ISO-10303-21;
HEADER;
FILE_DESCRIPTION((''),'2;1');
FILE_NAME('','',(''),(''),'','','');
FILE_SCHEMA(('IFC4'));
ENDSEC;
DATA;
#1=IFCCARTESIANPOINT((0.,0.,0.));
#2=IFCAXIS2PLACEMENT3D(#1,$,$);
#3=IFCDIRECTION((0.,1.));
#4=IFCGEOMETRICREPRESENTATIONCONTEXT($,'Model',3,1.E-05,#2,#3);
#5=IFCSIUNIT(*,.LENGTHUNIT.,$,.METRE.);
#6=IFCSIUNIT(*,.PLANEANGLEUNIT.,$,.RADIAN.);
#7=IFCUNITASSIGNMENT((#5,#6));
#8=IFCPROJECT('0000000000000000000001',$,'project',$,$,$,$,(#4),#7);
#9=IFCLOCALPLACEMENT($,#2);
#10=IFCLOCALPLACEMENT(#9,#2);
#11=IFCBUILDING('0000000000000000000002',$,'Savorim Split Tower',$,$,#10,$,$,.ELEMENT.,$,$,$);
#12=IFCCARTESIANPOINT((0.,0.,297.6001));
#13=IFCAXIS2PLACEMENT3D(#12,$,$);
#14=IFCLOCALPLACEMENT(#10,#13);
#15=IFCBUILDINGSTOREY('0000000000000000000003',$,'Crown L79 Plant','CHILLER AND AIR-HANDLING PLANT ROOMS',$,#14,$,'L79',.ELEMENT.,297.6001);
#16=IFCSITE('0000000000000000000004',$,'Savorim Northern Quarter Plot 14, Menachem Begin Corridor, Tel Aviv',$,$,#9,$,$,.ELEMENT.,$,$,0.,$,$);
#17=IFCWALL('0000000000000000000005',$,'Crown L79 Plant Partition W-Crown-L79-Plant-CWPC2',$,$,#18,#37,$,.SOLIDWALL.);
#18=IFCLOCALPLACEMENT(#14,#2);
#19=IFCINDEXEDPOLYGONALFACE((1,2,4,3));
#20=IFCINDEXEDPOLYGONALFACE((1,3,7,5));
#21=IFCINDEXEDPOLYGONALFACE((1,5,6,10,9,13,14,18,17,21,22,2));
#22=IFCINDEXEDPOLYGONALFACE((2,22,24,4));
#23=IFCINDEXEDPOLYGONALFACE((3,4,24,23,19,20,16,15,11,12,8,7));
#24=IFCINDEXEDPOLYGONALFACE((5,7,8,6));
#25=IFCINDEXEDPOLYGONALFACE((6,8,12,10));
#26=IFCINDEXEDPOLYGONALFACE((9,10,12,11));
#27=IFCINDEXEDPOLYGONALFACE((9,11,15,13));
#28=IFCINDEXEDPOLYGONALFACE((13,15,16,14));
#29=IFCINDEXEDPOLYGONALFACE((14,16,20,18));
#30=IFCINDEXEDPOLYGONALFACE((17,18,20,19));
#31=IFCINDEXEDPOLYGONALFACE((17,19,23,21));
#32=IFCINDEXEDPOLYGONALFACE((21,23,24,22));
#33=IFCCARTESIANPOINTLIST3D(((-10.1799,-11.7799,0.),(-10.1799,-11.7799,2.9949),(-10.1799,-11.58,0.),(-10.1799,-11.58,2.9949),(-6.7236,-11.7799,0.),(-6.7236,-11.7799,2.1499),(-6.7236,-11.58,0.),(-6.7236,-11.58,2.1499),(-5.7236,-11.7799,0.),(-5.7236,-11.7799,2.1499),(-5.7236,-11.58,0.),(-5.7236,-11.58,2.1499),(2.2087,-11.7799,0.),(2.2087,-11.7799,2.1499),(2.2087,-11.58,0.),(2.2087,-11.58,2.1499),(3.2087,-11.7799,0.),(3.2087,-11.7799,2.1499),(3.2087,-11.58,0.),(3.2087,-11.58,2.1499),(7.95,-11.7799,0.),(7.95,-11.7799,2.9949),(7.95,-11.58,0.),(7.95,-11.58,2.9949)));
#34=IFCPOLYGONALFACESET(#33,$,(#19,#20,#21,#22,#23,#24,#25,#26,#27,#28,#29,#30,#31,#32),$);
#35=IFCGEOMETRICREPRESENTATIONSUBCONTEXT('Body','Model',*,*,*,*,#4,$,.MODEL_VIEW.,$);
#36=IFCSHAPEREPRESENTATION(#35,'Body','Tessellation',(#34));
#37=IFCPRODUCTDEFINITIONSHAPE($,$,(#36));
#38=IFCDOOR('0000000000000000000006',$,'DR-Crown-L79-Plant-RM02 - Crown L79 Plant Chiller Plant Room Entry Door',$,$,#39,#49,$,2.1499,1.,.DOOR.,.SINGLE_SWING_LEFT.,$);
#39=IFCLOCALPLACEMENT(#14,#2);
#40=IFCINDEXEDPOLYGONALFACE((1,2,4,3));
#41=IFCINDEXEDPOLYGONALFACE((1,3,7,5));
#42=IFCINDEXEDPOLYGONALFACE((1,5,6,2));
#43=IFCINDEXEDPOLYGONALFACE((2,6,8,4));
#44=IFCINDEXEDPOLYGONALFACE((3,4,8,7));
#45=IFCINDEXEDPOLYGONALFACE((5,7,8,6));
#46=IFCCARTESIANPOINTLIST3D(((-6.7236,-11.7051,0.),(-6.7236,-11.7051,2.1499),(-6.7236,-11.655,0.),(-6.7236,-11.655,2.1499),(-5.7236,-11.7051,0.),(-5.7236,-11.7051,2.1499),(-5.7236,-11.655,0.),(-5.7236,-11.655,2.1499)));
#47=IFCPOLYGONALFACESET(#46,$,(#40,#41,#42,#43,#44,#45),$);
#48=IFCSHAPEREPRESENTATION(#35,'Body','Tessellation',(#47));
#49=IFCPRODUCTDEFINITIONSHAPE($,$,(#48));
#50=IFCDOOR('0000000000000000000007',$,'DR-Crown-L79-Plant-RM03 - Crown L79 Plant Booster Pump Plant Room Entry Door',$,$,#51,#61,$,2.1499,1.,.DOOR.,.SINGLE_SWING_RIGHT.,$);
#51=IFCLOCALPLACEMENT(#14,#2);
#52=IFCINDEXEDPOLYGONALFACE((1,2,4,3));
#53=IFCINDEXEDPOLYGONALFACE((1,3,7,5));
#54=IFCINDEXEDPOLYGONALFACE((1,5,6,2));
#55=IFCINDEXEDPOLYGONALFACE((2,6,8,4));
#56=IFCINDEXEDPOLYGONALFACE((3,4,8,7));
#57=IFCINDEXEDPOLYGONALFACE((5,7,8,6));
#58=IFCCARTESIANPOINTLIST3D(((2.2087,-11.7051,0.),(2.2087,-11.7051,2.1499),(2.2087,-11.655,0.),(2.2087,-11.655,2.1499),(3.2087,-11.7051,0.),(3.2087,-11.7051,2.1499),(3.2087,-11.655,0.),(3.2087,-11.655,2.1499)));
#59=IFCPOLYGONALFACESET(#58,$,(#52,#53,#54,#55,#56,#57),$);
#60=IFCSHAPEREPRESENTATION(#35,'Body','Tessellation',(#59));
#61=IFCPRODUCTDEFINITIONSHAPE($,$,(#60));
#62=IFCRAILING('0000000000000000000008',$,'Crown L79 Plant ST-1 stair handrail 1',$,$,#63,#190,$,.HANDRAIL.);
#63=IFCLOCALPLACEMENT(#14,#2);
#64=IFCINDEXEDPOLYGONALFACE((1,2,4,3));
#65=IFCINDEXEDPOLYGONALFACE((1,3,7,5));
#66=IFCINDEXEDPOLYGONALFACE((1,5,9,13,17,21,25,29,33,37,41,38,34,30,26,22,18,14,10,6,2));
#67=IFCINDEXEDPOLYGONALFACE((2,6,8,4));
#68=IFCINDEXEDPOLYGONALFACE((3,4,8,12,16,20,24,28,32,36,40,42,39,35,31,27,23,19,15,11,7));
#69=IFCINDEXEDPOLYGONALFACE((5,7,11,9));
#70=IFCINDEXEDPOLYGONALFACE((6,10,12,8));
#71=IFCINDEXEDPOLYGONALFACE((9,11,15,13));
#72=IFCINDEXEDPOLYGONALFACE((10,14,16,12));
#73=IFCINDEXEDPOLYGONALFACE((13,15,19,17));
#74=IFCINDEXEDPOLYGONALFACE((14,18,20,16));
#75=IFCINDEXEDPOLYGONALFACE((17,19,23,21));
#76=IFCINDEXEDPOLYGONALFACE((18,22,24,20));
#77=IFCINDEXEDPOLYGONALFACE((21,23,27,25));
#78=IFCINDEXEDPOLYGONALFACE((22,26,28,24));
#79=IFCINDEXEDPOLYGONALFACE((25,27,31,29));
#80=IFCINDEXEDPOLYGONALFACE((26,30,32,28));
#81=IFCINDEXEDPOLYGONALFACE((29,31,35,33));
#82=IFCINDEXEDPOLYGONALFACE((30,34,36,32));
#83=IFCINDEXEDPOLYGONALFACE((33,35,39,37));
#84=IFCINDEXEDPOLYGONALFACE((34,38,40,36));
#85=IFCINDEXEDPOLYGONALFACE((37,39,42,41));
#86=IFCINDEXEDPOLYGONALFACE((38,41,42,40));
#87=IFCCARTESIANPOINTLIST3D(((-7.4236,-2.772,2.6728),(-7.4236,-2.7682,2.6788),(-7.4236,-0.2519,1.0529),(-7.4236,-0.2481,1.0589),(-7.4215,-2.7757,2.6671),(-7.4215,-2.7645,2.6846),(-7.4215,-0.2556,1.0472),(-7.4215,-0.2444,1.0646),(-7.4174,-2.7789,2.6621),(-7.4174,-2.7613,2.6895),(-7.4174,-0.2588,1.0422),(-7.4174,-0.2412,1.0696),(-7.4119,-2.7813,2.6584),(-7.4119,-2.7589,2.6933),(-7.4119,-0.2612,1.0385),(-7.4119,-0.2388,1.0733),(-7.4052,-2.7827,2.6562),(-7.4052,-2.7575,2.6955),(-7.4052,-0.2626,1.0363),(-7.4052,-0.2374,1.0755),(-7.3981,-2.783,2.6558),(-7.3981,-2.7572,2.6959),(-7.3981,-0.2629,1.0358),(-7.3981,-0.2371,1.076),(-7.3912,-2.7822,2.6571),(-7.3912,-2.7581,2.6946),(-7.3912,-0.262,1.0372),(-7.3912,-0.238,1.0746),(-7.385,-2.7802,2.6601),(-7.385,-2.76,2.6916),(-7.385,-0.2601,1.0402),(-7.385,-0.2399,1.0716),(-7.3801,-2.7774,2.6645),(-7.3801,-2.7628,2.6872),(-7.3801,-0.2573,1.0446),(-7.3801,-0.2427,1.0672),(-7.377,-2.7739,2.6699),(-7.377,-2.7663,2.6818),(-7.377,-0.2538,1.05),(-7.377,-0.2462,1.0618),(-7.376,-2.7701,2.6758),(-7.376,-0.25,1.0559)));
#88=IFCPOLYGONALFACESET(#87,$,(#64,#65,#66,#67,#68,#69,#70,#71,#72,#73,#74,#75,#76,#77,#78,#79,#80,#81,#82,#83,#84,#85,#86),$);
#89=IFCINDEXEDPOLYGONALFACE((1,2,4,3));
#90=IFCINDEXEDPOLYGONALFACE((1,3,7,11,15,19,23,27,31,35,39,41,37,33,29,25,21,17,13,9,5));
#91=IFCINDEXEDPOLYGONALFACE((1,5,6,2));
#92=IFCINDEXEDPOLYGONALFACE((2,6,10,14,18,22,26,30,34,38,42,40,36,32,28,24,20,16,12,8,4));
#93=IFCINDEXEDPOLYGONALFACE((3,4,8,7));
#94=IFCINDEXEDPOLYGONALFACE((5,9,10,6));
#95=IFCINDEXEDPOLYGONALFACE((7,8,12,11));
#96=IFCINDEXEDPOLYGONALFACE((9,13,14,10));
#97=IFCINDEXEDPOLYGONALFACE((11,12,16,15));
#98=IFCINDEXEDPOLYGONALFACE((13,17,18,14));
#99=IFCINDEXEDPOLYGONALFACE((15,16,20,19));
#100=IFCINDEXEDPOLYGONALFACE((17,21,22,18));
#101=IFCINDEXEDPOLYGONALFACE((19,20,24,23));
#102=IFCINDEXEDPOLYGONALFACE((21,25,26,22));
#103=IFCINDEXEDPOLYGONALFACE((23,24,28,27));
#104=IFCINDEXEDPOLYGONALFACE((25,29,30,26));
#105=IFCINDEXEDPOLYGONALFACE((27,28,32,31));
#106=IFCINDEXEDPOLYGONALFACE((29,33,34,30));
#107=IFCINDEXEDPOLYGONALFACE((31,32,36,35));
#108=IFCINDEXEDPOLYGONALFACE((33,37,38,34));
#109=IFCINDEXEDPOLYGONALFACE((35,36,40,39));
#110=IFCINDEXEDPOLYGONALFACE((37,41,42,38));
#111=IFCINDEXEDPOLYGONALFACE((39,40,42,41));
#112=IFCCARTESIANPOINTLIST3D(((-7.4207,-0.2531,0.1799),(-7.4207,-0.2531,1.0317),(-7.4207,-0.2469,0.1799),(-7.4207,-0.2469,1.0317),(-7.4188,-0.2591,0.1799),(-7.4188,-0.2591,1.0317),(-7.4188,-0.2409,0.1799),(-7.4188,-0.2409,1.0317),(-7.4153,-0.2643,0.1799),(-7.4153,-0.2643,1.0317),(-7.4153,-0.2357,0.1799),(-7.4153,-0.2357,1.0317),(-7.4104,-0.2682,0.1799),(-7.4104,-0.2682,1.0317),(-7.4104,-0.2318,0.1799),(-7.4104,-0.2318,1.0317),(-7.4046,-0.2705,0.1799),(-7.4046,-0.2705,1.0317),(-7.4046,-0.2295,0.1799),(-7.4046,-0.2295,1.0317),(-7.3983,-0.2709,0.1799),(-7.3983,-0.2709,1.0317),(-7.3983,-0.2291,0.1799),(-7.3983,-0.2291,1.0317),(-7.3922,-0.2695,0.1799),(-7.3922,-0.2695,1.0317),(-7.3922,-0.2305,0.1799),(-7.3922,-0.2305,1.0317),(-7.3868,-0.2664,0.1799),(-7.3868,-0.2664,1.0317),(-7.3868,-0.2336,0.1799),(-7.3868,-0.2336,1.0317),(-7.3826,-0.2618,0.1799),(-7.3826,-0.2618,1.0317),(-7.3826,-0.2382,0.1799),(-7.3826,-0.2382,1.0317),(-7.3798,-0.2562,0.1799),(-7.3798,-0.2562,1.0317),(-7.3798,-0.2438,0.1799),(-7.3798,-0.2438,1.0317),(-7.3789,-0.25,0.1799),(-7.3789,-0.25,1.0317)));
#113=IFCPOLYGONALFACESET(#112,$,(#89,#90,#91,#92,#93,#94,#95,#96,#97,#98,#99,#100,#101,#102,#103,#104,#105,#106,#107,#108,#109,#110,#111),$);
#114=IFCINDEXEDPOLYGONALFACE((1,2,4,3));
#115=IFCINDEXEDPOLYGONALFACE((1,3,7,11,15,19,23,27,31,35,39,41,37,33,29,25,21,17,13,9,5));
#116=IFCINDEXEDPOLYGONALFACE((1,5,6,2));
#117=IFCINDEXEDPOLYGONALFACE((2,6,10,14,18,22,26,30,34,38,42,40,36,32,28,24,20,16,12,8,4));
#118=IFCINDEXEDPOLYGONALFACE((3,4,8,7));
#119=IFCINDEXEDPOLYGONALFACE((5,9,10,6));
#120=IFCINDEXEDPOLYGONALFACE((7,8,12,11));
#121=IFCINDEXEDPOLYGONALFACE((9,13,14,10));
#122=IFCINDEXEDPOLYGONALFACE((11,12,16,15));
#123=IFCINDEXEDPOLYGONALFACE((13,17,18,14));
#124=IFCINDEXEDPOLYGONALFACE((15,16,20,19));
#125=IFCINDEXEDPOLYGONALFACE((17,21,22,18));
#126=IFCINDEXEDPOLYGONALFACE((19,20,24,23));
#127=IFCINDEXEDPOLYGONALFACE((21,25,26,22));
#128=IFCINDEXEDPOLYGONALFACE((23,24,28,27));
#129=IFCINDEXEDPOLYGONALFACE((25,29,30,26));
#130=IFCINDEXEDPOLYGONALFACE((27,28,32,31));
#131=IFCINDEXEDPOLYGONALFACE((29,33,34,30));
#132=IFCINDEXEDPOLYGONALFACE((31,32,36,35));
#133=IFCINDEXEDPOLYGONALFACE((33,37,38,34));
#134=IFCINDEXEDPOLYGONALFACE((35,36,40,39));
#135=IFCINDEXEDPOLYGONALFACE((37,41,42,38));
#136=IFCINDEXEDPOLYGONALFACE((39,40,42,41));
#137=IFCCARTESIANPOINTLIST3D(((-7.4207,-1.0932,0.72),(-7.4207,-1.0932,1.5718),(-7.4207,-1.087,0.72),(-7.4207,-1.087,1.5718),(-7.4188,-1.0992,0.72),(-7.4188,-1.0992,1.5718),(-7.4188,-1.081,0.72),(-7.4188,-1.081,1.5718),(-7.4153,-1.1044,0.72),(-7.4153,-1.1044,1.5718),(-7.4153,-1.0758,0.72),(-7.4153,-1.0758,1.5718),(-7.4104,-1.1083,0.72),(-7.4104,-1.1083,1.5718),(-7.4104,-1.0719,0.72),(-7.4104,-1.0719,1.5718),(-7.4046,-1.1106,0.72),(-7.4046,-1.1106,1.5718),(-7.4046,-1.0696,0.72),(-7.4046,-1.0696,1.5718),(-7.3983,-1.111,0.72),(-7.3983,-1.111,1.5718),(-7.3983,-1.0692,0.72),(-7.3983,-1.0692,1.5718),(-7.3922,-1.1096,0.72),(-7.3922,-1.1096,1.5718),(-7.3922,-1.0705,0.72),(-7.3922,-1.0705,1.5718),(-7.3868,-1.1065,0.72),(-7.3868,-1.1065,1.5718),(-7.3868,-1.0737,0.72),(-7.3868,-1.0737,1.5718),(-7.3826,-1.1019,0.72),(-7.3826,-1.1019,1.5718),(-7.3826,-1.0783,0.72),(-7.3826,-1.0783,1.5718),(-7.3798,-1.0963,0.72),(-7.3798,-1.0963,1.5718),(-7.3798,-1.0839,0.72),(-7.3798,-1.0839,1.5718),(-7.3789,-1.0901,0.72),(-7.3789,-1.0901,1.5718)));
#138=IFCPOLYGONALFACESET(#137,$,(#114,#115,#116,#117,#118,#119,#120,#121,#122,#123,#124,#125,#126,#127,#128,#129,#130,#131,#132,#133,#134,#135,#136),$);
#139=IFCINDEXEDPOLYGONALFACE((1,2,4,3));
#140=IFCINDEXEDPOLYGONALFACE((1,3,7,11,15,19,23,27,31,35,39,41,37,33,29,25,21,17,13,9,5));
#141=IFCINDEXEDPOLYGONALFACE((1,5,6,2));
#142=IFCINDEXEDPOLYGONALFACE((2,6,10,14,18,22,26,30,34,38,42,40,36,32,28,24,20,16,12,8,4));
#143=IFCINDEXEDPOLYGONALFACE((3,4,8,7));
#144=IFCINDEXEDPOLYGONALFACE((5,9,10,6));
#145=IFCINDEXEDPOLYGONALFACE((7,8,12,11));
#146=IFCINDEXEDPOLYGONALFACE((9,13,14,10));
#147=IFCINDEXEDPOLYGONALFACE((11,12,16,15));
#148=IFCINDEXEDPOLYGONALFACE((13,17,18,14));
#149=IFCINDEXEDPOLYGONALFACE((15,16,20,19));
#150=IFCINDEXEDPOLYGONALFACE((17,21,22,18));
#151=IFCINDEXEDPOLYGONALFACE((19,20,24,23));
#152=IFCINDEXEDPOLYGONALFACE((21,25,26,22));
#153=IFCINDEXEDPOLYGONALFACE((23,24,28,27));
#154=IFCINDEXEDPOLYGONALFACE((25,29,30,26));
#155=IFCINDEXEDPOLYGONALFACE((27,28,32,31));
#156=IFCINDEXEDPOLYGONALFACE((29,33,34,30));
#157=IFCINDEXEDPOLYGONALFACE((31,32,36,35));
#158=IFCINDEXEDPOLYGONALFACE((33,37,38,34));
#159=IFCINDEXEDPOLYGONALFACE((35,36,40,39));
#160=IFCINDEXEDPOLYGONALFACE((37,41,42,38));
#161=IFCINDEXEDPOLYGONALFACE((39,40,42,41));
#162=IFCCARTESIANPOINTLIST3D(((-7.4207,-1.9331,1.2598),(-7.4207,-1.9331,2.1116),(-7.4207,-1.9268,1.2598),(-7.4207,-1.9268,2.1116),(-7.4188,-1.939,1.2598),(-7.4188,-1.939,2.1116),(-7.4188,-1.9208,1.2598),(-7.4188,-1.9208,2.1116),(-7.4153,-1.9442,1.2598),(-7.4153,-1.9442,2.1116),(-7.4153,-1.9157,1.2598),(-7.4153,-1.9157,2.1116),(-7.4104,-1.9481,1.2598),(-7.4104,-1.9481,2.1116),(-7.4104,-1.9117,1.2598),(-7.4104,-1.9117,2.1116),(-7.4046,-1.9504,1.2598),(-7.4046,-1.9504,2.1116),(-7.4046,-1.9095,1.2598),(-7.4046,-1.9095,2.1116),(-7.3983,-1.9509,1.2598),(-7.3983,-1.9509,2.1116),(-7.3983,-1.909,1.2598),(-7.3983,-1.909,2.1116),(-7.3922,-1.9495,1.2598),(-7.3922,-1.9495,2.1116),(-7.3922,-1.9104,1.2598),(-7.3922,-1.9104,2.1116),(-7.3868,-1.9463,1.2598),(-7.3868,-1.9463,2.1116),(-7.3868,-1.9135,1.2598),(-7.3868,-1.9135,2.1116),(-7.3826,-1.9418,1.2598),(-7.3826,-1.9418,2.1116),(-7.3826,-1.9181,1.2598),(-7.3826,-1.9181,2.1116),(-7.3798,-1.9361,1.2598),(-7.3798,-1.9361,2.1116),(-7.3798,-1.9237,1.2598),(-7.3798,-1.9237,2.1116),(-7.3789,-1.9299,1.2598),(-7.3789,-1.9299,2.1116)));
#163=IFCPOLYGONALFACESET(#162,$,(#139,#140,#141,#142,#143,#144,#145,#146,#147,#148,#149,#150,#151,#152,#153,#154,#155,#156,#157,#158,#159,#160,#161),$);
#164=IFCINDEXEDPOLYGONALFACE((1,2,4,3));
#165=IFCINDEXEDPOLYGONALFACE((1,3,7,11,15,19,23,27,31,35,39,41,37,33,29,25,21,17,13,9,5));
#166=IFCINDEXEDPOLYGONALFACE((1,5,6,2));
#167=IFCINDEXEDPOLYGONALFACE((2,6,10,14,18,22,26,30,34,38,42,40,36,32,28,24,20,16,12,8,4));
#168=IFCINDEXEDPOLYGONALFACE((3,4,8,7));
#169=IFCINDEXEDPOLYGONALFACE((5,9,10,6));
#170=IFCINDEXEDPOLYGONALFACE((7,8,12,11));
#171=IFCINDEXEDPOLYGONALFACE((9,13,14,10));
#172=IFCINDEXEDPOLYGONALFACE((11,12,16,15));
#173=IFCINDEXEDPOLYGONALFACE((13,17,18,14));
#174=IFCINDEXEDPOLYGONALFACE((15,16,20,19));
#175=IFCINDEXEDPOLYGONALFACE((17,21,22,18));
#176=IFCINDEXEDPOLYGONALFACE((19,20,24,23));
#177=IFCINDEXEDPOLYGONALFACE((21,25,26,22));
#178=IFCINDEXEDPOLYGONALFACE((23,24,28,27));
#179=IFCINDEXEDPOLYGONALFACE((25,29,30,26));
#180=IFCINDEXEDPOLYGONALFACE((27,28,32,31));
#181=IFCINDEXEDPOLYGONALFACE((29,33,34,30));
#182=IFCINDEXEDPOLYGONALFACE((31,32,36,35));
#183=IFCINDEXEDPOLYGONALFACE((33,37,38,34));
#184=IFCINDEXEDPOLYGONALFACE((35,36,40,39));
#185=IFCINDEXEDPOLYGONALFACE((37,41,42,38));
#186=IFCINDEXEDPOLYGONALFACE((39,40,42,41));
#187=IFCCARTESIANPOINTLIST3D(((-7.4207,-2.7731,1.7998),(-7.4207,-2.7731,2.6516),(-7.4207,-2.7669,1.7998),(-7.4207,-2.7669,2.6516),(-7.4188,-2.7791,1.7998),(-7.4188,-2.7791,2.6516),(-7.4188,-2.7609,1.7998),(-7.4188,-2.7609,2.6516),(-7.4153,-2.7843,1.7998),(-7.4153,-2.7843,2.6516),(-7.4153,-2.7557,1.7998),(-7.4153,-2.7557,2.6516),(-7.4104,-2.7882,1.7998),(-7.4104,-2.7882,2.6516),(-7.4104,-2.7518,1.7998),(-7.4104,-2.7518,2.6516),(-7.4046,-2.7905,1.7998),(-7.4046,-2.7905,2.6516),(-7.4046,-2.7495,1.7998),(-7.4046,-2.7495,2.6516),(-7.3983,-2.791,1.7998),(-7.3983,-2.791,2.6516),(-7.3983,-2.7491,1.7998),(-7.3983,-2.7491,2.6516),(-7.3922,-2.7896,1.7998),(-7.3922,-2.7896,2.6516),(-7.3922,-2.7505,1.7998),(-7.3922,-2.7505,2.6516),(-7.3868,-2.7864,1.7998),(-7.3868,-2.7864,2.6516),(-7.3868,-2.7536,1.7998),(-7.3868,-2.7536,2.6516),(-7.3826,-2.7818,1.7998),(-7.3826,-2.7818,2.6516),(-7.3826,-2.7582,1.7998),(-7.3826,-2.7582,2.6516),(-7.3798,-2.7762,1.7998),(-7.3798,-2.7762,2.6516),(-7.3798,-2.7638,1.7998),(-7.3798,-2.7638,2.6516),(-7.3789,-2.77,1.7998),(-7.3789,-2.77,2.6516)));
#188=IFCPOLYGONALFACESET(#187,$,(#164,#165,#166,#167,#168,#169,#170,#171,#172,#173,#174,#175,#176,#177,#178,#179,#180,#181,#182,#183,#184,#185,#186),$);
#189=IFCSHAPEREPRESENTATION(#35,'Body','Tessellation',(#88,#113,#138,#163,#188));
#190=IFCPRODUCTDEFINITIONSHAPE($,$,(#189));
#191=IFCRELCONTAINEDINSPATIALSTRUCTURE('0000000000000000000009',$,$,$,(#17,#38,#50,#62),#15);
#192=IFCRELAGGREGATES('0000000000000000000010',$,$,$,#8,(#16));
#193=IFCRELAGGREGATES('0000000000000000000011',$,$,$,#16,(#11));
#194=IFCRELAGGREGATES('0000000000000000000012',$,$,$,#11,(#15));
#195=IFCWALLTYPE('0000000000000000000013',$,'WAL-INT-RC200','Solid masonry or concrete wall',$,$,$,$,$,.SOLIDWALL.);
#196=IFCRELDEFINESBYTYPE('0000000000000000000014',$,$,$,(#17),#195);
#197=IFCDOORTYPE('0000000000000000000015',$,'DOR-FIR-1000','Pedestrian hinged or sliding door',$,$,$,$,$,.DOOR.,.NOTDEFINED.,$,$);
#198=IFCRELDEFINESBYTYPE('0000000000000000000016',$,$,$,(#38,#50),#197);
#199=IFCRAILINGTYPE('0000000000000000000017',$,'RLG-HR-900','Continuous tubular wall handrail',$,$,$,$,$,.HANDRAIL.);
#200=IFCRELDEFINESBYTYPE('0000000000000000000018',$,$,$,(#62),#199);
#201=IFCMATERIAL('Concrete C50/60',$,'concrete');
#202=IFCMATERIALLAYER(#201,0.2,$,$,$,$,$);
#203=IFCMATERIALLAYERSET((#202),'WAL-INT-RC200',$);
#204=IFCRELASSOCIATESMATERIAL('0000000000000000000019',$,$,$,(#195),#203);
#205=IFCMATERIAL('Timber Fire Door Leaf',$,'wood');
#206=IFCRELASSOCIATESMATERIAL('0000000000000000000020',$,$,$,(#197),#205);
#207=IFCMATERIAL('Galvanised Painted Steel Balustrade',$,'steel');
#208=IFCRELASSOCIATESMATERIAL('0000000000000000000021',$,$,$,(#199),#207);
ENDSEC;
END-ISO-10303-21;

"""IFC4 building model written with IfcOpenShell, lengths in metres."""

from ifc_helpers import new_model, si_unit, direction, frame, frame_2d, origin, origin_2d, place, context, subcontext, project, spatial, rectangle, circle, extrude, material, layer, layer_set, type_object, element, fill, save


model = new_model("IFC4")

# Units and contexts
model_context = context("Model", 3, precision=1e-05, world=origin(), true_north=direction((0.0, 1.0)))
body_context = subcontext(model_context, "Body", "Model", "MODEL_VIEW")
ifc_project = project(units=[si_unit("LENGTHUNIT", "METRE"), si_unit("PLANEANGLEUNIT", "RADIAN")], contexts=[model_context])

# Site, building, storey
site_placement = place(None, origin())
site = spatial("IfcSite", under=ifc_project, at=site_placement, Name="Savorim Northern Quarter Plot 14, Menachem Begin Corridor, Tel Aviv", CompositionType="ELEMENT", RefElevation=0.0)
building_placement = place(site_placement, origin())
building = spatial("IfcBuilding", under=site, at=building_placement, Name="Savorim Split Tower", CompositionType="ELEMENT")
storey_placement = place(building_placement, frame((0.0, 0.0, 297.6001)))
storey = spatial("IfcBuildingStorey", under=building, at=storey_placement, Name="Crown L79 Plant", Description="CHILLER AND AIR-HANDLING PLANT ROOMS", LongName="L79", CompositionType="ELEMENT", Elevation=297.6001)

# Shared definitions
ifc_material_1 = material(Name="Timber Fire Door Leaf", Category="wood")

# Shared definitions
ifc_material_2 = material(Name="Concrete C50/60", Category="concrete")
ifc_layer_1 = layer(ifc_material_2, 0.2)
ifc_layer_set_1 = layer_set([ifc_layer_1], Name="WAL-INT-RC200")
wall_type_1 = type_object("IfcWallType", Name="WAL-INT-RC200", Description="Solid masonry or concrete wall", PredefinedType="SOLIDWALL", material=ifc_layer_set_1)

# Wall, openings, doors
door_type_1 = type_object("IfcDoorType", Name="DOR-FIR-1000", Description="Pedestrian hinged or sliding door", OperationType="NOTDEFINED", PredefinedType="DOOR", material=ifc_material_1)
wall_1_placement = place(storey_placement, frame((-10.1799, -11.6799, 0.0), z_axis=(0.0, 0.0, 1.0), x_axis=(1.0, 0.0, 0.0)))
wall_1 = element("IfcWall", 1, at=wall_1_placement, inside=storey, type_object=wall_type_1, Name="Crown L79 Plant Partition W-Crown-L79-Plant-CWPC2", PredefinedType="SOLIDWALL", context=body_context, shape_type="SweptSolid", body=[
    extrude(rectangle(XDim=18.1299, YDim=0.2, at=frame_2d((9.0649, 0.0))), origin(), (0.0, 0.0, 1.0), 2.9949),
])
opening_1_placement = place(wall_1_placement, frame((3.4563, 0.0, 0.0)))
opening_1 = element("IfcOpeningElement", 2, at=opening_1_placement, cuts=wall_1, PredefinedType="OPENING", context=body_context, shape_type="SweptSolid", body=[
    extrude(rectangle(XDim=1.0, YDim=2.1499, at=frame_2d((0.5, 1.075))), frame((0.0, 0.1099, 0.0), z_axis=(0.0, -1.0, 0.0), x_axis=(1.0, 0.0, 0.0)), (0.0, 0.0, 1.0), 0.22),
])
opening_2_placement = place(wall_1_placement, frame((12.3887, 0.0, 0.0)))
opening_2 = element("IfcOpeningElement", 3, at=opening_2_placement, cuts=wall_1, PredefinedType="OPENING", context=body_context, shape_type="SweptSolid", body=[
    extrude(rectangle(XDim=1.0, YDim=2.1499, at=frame_2d((0.5, 1.075))), frame((0.0, 0.1099, 0.0), z_axis=(0.0, -1.0, 0.0), x_axis=(1.0, 0.0, 0.0)), (0.0, 0.0, 1.0), 0.22),
])
door_1_placement = place(opening_1_placement, origin())
door_1 = element("IfcDoor", 4, at=door_1_placement, inside=storey, type_object=door_type_1, Name="DR-Crown-L79-Plant-RM02 - Crown L79 Plant Chiller Plant Room Entry Door", OperationType="SINGLE_SWING_LEFT", OverallHeight=2.1499, OverallWidth=1.0, PredefinedType="DOOR", context=body_context, shape_type="SweptSolid", body=[
    extrude(rectangle(XDim=1.0, YDim=2.1499, at=frame_2d((0.5, 1.075))), frame((0.0, 0.0249, 0.0), z_axis=(0.0, -1.0, 0.0), x_axis=(1.0, 0.0, 0.0)), (0.0, 0.0, 1.0), 0.05),
])
fill(opening_1, door_1)
door_2_placement = place(opening_2_placement, origin())
door_2 = element("IfcDoor", 5, at=door_2_placement, inside=storey, type_object=door_type_1, Name="DR-Crown-L79-Plant-RM03 - Crown L79 Plant Booster Pump Plant Room Entry Door", OperationType="SINGLE_SWING_RIGHT", OverallHeight=2.1499, OverallWidth=1.0, PredefinedType="DOOR", context=body_context, shape_type="SweptSolid", body=[
    extrude(rectangle(XDim=1.0, YDim=2.1499, at=frame_2d((0.5, 1.075))), frame((0.0, 0.0249, 0.0), z_axis=(0.0, -1.0, 0.0), x_axis=(1.0, 0.0, 0.0)), (0.0, 0.0, 1.0), 0.05),
])
fill(opening_2, door_2)

# Railing
ifc_material_3 = material(Name="Galvanised Painted Steel Balustrade", Category="steel")
railing_type = type_object("IfcRailingType", Name="RLG-HR-900", Description="Continuous tubular wall handrail", PredefinedType="HANDRAIL", material=ifc_material_3)
railing_placement = place(storey_placement, frame((-7.3999, -0.25, 0.1799)))
element("IfcRailing", 6, at=railing_placement, inside=storey, type_object=railing_type, Name="Crown L79 Plant ST-1 stair handrail 1", PredefinedType="HANDRAIL", context=body_context, shape_type="SweptSolid", body=[
    extrude(circle(Radius=0.0239, at=origin_2d()), frame((0.0, 0.0, 0.876), z_axis=(0.0, -0.8412, 0.540725), x_axis=(1.0, 0.0, 0.0)), (0.0, 0.0, 1.0), 2.9958),
    extrude(circle(Radius=0.021, at=origin_2d()), origin(), (0.0, 0.0, 1.0), 0.8518),
    extrude(circle(Radius=0.021, at=origin_2d()), frame((0.0, -0.8401, 0.54)), (0.0, 0.0, 1.0), 0.8518),
    extrude(circle(Radius=0.021, at=origin_2d()), frame((0.0, -1.6799, 1.0798)), (0.0, 0.0, 1.0), 0.8518),
    extrude(circle(Radius=0.021, at=origin_2d()), frame((0.0, -2.52, 1.6199)), (0.0, 0.0, 1.0), 0.8518),
])

save(model, "model.ifc")
